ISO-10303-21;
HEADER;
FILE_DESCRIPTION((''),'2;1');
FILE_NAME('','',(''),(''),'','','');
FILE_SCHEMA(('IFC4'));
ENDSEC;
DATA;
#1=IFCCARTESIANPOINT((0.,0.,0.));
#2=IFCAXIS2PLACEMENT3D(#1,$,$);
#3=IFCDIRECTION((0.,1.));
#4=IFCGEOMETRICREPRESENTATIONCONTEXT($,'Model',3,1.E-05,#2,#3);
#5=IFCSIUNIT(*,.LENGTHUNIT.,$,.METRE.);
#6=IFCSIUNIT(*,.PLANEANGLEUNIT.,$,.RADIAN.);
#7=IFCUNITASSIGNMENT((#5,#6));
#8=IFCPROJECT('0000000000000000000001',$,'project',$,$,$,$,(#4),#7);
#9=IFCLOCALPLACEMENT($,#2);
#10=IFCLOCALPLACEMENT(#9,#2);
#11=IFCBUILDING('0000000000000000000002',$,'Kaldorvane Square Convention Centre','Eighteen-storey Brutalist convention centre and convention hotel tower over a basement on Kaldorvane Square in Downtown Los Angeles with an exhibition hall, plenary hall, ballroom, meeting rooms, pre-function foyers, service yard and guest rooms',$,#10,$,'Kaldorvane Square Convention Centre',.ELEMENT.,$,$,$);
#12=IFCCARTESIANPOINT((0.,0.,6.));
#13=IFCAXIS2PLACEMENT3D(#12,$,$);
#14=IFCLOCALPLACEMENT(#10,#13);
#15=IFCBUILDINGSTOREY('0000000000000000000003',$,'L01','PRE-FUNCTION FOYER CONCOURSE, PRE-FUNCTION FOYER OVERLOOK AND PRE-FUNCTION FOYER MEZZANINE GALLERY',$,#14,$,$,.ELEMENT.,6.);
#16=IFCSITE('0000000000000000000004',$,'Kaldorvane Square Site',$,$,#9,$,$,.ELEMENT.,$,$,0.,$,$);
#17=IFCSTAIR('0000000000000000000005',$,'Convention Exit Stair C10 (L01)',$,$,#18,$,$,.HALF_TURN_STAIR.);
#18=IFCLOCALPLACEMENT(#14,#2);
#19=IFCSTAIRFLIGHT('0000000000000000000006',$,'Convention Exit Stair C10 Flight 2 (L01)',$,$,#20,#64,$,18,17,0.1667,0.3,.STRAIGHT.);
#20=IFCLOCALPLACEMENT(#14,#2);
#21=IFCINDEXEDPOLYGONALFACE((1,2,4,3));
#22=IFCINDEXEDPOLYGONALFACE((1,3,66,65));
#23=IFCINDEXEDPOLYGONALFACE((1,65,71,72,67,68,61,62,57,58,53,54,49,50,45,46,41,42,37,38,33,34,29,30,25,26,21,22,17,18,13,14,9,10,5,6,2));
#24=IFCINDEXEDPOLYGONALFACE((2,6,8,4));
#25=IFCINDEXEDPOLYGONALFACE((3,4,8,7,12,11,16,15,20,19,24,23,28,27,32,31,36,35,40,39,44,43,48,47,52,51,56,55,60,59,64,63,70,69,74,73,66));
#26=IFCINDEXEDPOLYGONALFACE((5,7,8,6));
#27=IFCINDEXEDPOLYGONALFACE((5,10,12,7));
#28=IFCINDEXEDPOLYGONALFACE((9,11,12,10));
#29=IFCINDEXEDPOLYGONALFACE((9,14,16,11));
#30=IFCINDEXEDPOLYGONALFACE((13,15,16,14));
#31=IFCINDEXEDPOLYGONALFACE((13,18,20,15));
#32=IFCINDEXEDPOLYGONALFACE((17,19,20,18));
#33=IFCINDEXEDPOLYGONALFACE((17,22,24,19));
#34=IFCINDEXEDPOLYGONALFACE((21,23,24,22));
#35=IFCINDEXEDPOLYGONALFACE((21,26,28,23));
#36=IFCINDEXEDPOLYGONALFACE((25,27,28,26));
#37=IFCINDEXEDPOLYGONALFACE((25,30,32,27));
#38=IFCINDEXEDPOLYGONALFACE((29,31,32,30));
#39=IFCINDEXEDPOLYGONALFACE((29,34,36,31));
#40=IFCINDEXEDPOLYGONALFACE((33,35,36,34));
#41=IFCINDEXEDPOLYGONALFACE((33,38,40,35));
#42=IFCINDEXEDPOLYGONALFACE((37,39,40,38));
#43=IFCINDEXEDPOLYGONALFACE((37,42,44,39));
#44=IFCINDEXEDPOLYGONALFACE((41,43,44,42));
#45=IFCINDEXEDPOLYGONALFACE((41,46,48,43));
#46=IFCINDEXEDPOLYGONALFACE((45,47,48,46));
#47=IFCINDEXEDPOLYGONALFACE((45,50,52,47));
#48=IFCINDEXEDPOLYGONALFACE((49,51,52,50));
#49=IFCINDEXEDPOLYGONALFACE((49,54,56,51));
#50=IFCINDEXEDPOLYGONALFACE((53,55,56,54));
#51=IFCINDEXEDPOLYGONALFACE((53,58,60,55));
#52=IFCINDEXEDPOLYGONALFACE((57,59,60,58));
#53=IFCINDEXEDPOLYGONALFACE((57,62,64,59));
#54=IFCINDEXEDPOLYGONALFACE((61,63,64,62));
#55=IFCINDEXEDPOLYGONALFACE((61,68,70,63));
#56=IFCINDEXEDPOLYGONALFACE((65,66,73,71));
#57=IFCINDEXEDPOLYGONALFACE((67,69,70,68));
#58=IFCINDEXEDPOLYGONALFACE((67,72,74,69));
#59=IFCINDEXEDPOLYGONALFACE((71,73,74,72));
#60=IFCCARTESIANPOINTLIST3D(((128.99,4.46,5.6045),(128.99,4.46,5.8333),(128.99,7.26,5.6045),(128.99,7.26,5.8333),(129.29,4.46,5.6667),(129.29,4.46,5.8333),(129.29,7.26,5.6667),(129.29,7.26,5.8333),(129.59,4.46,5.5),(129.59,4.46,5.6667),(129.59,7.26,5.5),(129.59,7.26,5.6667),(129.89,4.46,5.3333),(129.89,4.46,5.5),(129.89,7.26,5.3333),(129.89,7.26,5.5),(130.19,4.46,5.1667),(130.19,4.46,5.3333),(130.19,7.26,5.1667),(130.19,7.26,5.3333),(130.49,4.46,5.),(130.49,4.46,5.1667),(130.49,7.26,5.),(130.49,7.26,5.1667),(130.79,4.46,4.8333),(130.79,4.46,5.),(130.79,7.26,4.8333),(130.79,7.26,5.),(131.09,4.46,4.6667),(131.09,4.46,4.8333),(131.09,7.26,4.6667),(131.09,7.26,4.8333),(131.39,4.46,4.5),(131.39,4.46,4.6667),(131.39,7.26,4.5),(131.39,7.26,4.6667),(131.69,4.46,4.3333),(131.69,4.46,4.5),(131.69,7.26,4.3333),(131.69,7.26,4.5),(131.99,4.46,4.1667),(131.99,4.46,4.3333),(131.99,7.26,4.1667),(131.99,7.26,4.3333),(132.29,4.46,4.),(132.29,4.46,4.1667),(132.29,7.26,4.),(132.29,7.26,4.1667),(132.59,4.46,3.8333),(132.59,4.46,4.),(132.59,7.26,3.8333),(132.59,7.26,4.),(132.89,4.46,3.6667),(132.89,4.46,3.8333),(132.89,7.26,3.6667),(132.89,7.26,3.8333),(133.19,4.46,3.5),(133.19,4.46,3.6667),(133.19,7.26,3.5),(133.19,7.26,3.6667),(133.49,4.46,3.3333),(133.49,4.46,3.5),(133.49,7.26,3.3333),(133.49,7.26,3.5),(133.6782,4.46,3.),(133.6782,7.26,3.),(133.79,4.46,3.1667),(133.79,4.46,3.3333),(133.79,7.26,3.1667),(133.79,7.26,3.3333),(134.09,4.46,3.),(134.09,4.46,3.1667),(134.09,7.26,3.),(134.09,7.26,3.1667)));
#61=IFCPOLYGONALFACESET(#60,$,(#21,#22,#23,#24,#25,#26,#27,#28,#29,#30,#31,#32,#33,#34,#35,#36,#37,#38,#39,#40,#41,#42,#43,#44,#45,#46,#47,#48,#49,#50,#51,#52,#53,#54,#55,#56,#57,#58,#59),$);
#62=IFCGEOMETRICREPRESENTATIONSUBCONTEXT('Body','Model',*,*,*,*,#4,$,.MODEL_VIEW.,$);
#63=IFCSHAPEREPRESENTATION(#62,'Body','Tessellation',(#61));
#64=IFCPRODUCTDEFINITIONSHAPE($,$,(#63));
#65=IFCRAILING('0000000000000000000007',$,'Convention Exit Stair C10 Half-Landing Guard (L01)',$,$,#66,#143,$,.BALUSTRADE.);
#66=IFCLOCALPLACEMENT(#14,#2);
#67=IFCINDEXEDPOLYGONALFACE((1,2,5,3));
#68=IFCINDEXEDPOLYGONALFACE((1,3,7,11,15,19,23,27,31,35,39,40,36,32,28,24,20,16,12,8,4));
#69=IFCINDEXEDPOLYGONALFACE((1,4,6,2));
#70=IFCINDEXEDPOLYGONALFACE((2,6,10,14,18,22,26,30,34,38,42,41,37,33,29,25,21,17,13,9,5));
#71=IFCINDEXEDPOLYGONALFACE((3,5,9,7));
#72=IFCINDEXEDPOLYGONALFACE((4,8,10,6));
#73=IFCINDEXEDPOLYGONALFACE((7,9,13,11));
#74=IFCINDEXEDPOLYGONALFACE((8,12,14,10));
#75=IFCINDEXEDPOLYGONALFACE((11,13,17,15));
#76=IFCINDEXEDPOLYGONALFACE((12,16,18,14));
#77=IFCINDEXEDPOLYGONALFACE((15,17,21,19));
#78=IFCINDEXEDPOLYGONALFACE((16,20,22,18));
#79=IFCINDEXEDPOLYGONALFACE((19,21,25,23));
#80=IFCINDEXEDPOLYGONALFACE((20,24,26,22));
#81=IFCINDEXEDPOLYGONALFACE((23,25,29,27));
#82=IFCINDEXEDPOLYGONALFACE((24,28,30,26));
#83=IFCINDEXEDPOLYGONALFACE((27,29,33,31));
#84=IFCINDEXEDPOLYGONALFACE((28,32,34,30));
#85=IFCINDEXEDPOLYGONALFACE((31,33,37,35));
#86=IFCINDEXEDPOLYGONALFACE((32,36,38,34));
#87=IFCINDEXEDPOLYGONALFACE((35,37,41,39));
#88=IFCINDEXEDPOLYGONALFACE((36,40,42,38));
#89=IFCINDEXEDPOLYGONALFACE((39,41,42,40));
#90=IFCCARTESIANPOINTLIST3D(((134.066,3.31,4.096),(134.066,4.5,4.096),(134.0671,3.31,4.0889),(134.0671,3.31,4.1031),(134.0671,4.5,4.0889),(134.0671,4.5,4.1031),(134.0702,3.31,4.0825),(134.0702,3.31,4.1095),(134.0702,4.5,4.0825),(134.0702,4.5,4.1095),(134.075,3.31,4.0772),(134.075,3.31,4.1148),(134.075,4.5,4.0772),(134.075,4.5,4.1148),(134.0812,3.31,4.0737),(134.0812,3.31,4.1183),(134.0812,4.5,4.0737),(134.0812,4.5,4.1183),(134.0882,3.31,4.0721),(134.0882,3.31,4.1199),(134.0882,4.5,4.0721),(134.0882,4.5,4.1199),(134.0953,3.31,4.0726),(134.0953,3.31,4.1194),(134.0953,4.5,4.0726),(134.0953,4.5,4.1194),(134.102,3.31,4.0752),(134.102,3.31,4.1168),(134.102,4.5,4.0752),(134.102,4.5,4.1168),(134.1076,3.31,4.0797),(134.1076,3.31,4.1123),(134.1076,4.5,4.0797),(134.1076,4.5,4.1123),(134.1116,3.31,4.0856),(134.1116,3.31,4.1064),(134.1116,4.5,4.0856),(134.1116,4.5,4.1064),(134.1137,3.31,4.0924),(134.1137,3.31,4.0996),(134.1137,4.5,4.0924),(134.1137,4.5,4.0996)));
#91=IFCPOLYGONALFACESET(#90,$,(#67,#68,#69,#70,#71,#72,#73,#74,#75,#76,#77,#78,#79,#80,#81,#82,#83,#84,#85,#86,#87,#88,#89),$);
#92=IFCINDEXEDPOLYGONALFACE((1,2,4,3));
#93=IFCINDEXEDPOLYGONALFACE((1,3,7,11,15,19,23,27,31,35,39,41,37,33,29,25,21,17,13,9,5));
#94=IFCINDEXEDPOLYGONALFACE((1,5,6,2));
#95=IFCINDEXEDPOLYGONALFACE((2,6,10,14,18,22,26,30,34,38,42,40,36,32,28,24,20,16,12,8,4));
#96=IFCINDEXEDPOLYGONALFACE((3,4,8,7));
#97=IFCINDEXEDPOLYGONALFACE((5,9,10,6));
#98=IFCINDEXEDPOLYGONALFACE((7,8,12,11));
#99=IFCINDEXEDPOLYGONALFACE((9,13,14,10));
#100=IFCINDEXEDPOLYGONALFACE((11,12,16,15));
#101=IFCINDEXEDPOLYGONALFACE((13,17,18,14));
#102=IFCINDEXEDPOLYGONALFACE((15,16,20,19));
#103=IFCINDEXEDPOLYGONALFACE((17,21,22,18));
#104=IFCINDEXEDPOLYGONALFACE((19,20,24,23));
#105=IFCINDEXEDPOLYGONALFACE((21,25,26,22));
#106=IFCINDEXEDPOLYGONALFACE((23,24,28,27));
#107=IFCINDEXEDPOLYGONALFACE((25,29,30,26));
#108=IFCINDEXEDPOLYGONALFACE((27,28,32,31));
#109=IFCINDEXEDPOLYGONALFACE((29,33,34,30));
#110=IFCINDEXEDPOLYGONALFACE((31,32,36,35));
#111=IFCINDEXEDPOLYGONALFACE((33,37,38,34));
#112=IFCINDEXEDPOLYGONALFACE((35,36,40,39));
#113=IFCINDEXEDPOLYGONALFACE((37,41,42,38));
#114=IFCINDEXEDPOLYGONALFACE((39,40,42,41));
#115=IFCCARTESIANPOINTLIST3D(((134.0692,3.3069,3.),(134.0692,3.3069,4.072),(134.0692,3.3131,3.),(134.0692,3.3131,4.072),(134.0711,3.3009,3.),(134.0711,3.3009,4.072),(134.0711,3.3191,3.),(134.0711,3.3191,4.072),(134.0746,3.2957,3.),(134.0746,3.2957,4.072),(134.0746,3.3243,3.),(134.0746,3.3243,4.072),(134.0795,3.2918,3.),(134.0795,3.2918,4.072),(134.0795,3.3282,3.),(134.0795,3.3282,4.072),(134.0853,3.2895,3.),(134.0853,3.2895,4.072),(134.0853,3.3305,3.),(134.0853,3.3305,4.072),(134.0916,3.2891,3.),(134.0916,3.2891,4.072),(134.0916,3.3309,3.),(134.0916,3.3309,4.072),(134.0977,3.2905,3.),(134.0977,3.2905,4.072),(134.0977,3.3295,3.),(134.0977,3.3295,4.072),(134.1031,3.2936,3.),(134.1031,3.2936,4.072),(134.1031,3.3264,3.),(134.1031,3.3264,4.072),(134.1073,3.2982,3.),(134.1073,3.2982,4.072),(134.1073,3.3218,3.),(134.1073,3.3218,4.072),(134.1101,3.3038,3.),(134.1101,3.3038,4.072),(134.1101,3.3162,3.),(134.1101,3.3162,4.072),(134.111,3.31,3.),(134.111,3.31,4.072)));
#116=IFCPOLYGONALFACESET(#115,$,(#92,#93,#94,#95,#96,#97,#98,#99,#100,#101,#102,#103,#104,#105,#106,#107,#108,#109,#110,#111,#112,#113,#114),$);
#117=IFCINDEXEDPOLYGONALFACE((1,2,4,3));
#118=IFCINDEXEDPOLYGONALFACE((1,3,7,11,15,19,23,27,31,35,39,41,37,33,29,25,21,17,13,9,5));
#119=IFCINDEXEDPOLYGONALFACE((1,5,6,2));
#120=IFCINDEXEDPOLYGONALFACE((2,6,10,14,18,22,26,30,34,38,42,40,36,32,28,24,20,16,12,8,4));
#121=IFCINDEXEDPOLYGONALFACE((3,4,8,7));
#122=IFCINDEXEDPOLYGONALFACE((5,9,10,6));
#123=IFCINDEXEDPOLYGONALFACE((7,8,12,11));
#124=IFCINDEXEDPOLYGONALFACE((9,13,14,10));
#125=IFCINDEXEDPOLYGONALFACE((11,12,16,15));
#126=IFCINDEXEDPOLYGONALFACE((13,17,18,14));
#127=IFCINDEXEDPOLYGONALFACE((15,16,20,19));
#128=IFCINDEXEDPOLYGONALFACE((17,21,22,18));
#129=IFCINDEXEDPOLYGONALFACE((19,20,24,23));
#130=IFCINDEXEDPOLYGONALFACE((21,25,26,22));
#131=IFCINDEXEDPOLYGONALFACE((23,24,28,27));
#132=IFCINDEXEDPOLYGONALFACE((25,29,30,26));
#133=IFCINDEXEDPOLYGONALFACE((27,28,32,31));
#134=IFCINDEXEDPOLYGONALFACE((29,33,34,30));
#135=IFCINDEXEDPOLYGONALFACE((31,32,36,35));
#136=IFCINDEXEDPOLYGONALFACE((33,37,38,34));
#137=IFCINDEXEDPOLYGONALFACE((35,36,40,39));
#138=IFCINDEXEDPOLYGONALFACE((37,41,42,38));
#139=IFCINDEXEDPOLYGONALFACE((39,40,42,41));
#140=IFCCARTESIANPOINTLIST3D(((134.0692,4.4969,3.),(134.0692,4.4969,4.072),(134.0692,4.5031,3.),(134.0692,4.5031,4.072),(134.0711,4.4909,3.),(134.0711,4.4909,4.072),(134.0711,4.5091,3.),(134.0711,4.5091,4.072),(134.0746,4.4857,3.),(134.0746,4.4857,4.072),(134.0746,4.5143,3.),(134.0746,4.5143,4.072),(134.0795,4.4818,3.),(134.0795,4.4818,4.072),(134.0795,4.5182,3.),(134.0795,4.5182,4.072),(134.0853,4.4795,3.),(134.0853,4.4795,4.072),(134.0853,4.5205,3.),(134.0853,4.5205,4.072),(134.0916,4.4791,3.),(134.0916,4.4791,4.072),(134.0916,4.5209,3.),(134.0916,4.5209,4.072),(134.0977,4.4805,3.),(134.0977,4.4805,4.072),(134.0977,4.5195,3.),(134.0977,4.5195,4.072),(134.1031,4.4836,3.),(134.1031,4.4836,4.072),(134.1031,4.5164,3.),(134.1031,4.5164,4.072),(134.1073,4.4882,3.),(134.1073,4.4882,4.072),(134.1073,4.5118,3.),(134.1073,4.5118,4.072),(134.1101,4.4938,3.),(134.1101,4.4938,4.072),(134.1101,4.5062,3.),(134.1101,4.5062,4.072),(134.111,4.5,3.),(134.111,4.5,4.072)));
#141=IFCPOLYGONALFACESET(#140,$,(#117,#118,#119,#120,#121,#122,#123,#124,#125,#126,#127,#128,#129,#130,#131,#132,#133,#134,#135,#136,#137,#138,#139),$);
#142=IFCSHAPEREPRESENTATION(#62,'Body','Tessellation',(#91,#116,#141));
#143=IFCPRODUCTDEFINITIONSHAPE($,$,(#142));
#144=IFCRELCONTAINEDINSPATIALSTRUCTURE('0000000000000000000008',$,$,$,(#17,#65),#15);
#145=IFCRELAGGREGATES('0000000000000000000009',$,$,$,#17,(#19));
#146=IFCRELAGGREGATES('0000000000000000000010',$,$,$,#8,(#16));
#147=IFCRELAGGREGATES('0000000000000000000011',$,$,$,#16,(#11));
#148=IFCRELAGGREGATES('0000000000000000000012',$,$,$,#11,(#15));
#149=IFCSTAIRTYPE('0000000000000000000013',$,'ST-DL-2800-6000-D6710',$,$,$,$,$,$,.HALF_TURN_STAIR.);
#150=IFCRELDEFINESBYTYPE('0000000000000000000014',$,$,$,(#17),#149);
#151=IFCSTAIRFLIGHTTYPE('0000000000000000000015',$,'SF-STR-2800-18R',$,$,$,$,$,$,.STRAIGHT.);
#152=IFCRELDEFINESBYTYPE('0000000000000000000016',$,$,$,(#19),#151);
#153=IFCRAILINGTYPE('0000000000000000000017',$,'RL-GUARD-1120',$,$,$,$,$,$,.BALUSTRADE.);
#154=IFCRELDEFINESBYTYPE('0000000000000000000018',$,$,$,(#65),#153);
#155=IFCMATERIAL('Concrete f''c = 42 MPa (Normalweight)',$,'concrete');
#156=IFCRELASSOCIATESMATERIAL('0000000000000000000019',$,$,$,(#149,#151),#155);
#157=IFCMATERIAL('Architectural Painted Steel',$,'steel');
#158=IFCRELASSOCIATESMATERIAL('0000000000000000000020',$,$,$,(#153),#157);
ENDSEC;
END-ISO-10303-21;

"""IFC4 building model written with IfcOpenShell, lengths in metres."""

from ifc_helpers import new_model, si_unit, direction, frame, origin, origin_2d, place, context, subcontext, project, spatial, polyline, circle, outline, extrude, material, type_object, element, aggregate, save


model = new_model("IFC4")

# Units and contexts
model_context = context("Model", 3, precision=1e-05, world=origin(), true_north=direction((0.0, 1.0)))
body_context = subcontext(model_context, "Body", "Model", "MODEL_VIEW")
ifc_project = project(units=[si_unit("LENGTHUNIT", "METRE"), si_unit("PLANEANGLEUNIT", "RADIAN")], contexts=[model_context])

# Site, building, storey
site_placement = place(None, origin())
site = spatial("IfcSite", under=ifc_project, at=site_placement, Name="Kaldorvane Square Site", CompositionType="ELEMENT", RefElevation=0.0)
building_placement = place(site_placement, origin())
building = spatial("IfcBuilding", under=site, at=building_placement, Name="Kaldorvane Square Convention Centre", Description="Eighteen-storey Brutalist convention centre and convention hotel tower over a basement on Kaldorvane Square in Downtown Los Angeles with an exhibition hall, plenary hall, ballroom, meeting rooms, pre-function foyers, service yard and guest rooms", LongName="Kaldorvane Square Convention Centre", CompositionType="ELEMENT")
storey_placement = place(building_placement, frame((0.0, 0.0, 6.0)))
storey = spatial("IfcBuildingStorey", under=building, at=storey_placement, Name="L01", Description="PRE-FUNCTION FOYER CONCOURSE, PRE-FUNCTION FOYER OVERLOOK AND PRE-FUNCTION FOYER MEZZANINE GALLERY", CompositionType="ELEMENT", Elevation=6.0)

# Shared definitions
ifc_material_1 = material(Name="Concrete f'c = 42 MPa (Normalweight)", Category="concrete")

# Stair, stair flight
stair_type = type_object("IfcStairType", Name="ST-DL-2800-6000-D6710", PredefinedType="HALF_TURN_STAIR", material=ifc_material_1)
stair_placement = place(storey_placement, origin())
stair = element("IfcStair", 1, at=stair_placement, inside=storey, type_object=stair_type, Name="Convention Exit Stair C10 (L01)", PredefinedType="HALF_TURN_STAIR")
stair_flight_type = type_object("IfcStairFlightType", Name="SF-STR-2800-18R", PredefinedType="STRAIGHT", material=ifc_material_1)
stair_flight_placement = place(storey_placement, frame((134.09, 5.86, 3.0), z_axis=(0.0, 0.0, 1.0), x_axis=(-1.0, 0.0, 0.0)))
stair_flight = element("IfcStairFlight", 2, at=stair_flight_placement, type_object=stair_flight_type, Name="Convention Exit Stair C10 Flight 2 (L01)", NumberOfRisers=18, NumberOfTreads=17, PredefinedType="STRAIGHT", RiserHeight=0.1667, TreadLength=0.3, context=body_context, shape_type="SweptSolid", body=[
    extrude(outline(polyline([(0.0, 0.0), (0.0, 0.1667), (0.3, 0.1667), (0.3, 0.3333), (0.6, 0.3333), (0.6, 0.5), (0.9, 0.5), (0.9, 0.6667), (1.2, 0.6667), (1.2, 0.8333), (1.5, 0.8333), (1.5, 1.0), (1.8, 1.0), (1.8, 1.1667), (2.1, 1.1667), (2.1, 1.3333), (2.4, 1.3333), (2.4, 1.5), (2.7, 1.5), (2.7, 1.6667), (3.0, 1.6667), (3.0, 1.8333), (3.3, 1.8333), (3.3, 2.0), (3.6, 2.0), (3.6, 2.1667), (3.9, 2.1667), (3.9, 2.3333), (4.2, 2.3333), (4.2, 2.5), (4.5, 2.5), (4.5, 2.6667), (4.8, 2.6667), (4.8, 2.8333), (5.1, 2.8333), (5.1, 3.0), (5.1, 2.6045), (0.4118, 0.0), (0.0, 0.0)])), frame((0.0, 1.4, 0.0), z_axis=(0.0, -1.0, 0.0), x_axis=(1.0, 0.0, 0.0)), (0.0, 0.0, 1.0), 2.8),
])
aggregate(stair, [stair_flight])

# Railing
ifc_material_2 = material(Name="Architectural Painted Steel", Category="steel")
railing_type_1 = type_object("IfcRailingType", Name="RL-GUARD-1120", PredefinedType="BALUSTRADE", material=ifc_material_2)
railing_1_placement = place(storey_placement, frame((134.09, 3.31, 3.0)))
element("IfcRailing", 3, at=railing_1_placement, inside=storey, type_object=railing_type_1, Name="Convention Exit Stair C10 Half-Landing Guard (L01)", PredefinedType="BALUSTRADE", context=body_context, shape_type="SweptSolid", body=[
    extrude(circle(Radius=0.024, at=origin_2d()), frame((0.0, 0.0, 1.096), z_axis=(0.0, 1.0, 0.0), x_axis=(-1.0, 0.0, 0.0)), (0.0, 0.0, 1.0), 1.19),
    extrude(circle(Radius=0.021, at=origin_2d()), origin(), (0.0, 0.0, 1.0), 1.072),
    extrude(circle(Radius=0.021, at=origin_2d()), frame((0.0, 1.19, 0.0)), (0.0, 0.0, 1.0), 1.072),
])

save(model, "model.ifc")
